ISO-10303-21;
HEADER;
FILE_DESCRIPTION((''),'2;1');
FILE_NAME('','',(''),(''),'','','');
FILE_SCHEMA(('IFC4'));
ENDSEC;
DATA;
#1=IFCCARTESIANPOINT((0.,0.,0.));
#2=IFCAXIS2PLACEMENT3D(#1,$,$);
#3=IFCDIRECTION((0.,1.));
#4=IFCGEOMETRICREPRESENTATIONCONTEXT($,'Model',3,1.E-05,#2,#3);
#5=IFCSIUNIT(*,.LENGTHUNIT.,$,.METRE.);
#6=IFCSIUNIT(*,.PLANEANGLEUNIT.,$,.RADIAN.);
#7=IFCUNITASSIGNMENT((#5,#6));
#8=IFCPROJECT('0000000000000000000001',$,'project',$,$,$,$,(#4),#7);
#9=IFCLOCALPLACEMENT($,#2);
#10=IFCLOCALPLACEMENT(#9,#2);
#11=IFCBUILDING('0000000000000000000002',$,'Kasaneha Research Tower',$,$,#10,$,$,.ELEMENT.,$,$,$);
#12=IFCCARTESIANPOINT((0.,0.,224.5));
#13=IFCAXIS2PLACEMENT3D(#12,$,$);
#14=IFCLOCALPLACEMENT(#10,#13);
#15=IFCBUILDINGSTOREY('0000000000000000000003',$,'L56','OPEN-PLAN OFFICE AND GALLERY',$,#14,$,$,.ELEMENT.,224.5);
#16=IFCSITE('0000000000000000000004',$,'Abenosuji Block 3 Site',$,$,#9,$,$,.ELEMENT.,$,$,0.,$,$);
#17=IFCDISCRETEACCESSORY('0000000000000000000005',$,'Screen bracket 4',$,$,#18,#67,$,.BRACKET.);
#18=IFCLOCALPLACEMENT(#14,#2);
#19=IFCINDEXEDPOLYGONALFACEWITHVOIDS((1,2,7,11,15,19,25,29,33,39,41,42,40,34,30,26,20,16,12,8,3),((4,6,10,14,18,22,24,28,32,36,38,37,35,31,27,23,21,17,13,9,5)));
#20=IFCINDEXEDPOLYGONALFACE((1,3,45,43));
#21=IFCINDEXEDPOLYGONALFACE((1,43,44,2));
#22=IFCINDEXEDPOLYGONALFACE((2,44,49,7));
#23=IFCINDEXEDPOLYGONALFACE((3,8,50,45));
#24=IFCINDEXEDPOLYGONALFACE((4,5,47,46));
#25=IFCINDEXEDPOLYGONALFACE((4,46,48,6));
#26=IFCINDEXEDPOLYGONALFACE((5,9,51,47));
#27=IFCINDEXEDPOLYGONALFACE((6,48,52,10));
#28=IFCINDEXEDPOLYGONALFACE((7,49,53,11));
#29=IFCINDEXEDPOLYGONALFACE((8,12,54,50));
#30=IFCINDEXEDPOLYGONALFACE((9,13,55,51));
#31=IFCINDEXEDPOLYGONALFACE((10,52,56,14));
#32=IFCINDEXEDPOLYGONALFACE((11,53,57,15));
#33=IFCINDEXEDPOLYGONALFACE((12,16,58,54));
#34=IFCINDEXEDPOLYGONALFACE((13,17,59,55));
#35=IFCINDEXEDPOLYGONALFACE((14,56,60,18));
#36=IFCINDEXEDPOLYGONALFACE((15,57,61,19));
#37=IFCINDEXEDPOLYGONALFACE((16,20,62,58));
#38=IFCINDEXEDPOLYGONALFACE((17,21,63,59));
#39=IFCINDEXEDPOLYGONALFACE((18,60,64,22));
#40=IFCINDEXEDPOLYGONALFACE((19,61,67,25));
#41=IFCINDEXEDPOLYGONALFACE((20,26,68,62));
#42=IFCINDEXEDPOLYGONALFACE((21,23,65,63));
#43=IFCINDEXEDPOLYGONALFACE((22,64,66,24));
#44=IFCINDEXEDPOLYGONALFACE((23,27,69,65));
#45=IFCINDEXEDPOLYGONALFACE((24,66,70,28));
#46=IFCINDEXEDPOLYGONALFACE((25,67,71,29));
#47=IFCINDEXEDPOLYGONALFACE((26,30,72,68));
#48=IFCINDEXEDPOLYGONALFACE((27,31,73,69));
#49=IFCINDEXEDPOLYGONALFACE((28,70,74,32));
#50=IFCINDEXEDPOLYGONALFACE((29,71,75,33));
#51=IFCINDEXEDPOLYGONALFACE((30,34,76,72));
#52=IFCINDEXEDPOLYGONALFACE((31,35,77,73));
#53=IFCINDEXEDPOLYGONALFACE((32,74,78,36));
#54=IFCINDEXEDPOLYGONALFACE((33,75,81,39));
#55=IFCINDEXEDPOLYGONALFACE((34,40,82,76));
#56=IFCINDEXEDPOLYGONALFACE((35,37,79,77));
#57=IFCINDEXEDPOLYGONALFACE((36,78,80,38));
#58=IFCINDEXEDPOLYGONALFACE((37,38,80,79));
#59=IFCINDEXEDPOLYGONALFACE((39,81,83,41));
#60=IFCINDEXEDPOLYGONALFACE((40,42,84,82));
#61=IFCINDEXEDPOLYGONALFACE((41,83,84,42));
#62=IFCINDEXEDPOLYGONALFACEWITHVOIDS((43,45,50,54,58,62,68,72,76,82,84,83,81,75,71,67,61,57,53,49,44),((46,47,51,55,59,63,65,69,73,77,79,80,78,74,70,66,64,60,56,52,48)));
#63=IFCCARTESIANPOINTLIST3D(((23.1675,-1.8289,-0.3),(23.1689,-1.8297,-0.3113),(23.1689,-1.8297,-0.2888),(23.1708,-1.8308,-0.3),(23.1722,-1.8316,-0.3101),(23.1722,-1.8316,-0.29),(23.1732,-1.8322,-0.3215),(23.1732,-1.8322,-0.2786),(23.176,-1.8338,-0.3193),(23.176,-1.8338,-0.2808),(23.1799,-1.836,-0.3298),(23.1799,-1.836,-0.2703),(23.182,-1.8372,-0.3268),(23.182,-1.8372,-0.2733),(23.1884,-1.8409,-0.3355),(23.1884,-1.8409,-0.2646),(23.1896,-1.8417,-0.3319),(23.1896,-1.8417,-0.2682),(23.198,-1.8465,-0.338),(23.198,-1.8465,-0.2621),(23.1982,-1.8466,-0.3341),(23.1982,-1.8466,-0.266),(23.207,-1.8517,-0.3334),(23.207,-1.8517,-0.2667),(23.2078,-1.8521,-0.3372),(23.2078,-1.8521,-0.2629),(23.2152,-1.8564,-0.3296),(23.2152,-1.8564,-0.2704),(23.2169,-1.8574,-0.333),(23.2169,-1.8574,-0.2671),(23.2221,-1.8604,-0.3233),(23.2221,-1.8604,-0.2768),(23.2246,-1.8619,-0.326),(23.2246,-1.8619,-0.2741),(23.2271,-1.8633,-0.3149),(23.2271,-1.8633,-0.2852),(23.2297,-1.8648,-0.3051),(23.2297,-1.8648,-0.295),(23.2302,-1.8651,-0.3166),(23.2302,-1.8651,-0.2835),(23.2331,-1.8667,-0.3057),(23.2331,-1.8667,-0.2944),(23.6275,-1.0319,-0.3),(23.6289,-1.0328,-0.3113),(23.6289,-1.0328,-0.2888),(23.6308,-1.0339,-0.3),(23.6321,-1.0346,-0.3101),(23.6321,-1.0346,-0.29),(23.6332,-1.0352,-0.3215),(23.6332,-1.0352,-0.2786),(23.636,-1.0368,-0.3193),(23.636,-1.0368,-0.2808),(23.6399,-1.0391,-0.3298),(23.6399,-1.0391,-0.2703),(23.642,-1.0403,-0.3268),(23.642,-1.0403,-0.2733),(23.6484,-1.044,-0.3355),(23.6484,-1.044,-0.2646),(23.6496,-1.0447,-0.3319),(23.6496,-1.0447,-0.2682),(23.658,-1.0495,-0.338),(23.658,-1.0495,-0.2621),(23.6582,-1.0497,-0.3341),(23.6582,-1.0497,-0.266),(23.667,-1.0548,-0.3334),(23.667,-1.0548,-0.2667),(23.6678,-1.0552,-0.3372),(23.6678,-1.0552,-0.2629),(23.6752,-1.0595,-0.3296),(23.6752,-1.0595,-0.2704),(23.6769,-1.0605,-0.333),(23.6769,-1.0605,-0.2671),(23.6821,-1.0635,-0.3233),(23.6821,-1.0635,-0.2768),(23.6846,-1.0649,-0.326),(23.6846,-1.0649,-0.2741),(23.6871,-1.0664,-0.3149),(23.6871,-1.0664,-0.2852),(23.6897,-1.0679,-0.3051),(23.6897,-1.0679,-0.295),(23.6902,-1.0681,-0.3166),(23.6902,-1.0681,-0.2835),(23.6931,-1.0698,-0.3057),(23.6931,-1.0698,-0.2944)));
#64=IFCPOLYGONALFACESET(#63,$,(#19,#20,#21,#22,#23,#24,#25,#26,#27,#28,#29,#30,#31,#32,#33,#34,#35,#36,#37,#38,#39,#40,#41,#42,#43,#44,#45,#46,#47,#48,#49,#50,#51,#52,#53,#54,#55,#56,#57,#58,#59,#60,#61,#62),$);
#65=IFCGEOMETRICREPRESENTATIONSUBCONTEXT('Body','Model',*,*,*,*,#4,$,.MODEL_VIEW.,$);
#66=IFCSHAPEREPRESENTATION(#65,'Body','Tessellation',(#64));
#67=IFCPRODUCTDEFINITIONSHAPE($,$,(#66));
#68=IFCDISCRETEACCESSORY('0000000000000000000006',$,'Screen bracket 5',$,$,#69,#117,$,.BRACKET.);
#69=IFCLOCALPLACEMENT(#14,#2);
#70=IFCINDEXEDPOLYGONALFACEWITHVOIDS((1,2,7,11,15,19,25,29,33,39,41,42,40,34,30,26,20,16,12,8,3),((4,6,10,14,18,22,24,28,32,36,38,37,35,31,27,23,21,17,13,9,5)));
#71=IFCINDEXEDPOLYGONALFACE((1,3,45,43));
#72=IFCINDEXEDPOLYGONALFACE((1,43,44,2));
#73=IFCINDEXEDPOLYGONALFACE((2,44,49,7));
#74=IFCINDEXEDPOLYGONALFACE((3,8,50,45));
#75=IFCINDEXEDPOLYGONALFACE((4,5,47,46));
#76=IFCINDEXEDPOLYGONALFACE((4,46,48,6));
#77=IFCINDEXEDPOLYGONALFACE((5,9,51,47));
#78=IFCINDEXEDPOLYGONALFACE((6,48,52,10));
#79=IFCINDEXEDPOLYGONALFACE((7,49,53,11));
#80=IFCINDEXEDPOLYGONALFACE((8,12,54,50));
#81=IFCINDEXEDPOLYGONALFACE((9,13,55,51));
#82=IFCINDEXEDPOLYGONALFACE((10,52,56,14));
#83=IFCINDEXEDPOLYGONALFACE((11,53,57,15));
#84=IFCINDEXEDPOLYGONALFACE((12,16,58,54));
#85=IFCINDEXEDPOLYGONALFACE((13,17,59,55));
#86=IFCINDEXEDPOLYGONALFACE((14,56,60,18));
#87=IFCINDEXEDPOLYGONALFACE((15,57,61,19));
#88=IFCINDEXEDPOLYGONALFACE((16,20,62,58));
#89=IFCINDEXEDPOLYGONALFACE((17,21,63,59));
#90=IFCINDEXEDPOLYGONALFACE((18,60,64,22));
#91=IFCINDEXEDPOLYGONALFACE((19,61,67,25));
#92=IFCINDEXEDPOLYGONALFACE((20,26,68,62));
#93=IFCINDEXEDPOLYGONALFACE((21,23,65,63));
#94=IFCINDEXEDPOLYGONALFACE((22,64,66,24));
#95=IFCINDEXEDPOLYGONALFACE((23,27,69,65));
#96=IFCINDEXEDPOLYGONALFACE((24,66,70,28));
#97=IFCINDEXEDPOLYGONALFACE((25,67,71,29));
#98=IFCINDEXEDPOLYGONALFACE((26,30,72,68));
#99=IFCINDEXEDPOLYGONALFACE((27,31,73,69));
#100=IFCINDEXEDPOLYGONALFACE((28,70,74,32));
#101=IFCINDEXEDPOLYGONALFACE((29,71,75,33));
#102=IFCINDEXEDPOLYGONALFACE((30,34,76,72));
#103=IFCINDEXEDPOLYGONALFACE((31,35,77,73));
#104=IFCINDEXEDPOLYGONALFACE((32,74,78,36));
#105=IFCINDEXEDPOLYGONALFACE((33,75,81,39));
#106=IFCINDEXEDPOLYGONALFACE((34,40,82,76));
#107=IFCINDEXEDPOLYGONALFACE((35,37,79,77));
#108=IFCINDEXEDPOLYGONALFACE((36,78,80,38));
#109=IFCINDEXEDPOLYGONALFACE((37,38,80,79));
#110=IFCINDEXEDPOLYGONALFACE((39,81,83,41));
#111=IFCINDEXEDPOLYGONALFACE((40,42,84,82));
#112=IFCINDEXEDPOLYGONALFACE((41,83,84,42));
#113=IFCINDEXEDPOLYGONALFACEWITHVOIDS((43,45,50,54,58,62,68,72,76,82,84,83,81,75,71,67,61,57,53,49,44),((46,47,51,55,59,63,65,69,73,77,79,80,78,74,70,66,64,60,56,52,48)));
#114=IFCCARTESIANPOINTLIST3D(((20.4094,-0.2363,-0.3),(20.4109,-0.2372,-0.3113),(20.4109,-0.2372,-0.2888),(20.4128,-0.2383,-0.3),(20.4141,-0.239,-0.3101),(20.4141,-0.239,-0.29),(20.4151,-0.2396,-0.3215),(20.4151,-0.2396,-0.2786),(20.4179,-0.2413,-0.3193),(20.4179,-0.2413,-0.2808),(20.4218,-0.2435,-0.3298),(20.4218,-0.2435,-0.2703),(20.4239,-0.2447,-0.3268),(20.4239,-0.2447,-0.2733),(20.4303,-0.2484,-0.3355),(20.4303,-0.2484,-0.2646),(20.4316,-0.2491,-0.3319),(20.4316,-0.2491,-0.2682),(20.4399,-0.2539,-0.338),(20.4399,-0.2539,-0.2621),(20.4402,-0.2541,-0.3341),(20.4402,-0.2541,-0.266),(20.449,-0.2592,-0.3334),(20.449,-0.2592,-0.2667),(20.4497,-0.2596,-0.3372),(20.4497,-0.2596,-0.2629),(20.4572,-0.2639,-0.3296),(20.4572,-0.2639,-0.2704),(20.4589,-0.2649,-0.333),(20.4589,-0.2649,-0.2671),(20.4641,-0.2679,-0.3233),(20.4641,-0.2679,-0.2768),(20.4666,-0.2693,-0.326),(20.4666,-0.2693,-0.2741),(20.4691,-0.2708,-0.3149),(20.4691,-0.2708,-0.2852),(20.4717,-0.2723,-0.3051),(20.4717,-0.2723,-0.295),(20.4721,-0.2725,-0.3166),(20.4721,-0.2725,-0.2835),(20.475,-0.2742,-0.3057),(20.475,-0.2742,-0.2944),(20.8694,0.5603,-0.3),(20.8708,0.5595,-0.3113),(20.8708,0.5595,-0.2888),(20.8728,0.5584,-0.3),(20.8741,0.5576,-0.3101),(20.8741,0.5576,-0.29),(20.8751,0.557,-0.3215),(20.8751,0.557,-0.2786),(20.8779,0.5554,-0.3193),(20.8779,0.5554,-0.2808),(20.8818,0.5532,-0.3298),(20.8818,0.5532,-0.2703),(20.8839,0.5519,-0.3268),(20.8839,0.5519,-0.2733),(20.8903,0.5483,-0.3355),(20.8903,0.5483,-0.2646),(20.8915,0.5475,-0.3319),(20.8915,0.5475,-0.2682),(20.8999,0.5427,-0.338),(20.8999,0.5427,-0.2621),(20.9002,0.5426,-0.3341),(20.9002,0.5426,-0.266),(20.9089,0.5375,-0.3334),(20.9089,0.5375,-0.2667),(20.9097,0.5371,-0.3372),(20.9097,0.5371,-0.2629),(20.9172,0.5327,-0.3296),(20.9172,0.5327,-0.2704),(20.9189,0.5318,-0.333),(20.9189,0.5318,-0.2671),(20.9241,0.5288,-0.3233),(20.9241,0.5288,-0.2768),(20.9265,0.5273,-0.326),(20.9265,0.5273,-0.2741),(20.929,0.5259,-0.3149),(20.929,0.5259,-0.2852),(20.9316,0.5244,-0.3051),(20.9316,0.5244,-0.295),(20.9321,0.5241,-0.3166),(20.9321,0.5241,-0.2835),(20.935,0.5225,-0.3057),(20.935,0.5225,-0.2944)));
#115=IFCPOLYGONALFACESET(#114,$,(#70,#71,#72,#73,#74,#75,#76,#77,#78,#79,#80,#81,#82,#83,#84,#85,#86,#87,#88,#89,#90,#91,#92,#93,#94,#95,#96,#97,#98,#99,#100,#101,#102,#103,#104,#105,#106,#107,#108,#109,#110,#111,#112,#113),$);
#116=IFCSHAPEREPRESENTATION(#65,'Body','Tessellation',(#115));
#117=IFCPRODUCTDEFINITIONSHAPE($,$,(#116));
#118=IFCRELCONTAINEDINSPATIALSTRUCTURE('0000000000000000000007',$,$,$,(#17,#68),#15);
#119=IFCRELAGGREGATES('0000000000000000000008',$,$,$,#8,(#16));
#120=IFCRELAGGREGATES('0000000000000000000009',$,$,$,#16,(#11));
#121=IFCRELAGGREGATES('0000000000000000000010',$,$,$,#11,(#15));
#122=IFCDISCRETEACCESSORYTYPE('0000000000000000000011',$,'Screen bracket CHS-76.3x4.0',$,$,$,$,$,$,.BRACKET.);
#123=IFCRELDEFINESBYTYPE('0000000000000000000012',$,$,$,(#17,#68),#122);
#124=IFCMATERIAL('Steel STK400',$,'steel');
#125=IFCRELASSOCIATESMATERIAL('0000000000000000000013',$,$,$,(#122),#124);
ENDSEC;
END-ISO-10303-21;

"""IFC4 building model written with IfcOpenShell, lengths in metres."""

from ifc_helpers import new_model, si_unit, direction, frame, origin, origin_2d, place, context, subcontext, project, spatial, hollow_circle, extrude, material, material_profile, profile_set, type_object, element, save


model = new_model("IFC4")

# Units and contexts
model_context = context("Model", 3, precision=1e-05, world=origin(), true_north=direction((0.0, 1.0)))
body_context = subcontext(model_context, "Body", "Model", "MODEL_VIEW")
ifc_project = project(units=[si_unit("LENGTHUNIT", "METRE"), si_unit("PLANEANGLEUNIT", "RADIAN")], contexts=[model_context])

# Site, building, storey
site_placement = place(None, origin())
site = spatial("IfcSite", under=ifc_project, at=site_placement, Name="Abenosuji Block 3 Site", CompositionType="ELEMENT", RefElevation=0.0)
building_placement = place(site_placement, origin())
building = spatial("IfcBuilding", under=site, at=building_placement, Name="Kasaneha Research Tower", CompositionType="ELEMENT")
storey_placement = place(building_placement, frame((0.0, 0.0, 224.5)))
storey = spatial("IfcBuildingStorey", under=building, at=storey_placement, Name="L56", Description="OPEN-PLAN OFFICE AND GALLERY", CompositionType="ELEMENT", Elevation=224.5)

# Discrete accessories
ifc_material_1 = material(Name="Steel STK400", Category="steel")
ifc_material_profile_1 = material_profile(ifc_material_1, hollow_circle(Radius=0.0381, WallThickness=0.0039, at=origin_2d()), Name="CHS-76.3x4.0")
ifc_profile_set_1 = profile_set([ifc_material_profile_1], Name="Steel STK400")
discrete_accessory_type = type_object("IfcDiscreteAccessoryType", Name="Screen bracket CHS-76.3x4.0", PredefinedType="BRACKET", material=ifc_profile_set_1)
discrete_accessory_1_placement = place(storey_placement, frame((23.2004, -1.8479, -0.3), z_axis=(0.499906, 0.86608, 0.0), x_axis=(-0.86608, 0.499906, 0.0)))
element("IfcDiscreteAccessory", 1, at=discrete_accessory_1_placement, inside=storey, type_object=discrete_accessory_type, Name="Screen bracket 4", PredefinedType="BRACKET", context=body_context, shape_type="SweptSolid", body=[
    extrude(hollow_circle(Radius=0.0381, WallThickness=0.0039, at=origin_2d()), origin(), (0.0, 0.0, 1.0), 0.9202),
])
discrete_accessory_2_placement = place(storey_placement, frame((20.4424, -0.2554, -0.3), z_axis=(0.500021, 0.866013, 0.0), x_axis=(-0.866013, 0.500021, 0.0)))
element("IfcDiscreteAccessory", 2, at=discrete_accessory_2_placement, inside=storey, type_object=discrete_accessory_type, Name="Screen bracket 5", PredefinedType="BRACKET", context=body_context, shape_type="SweptSolid", body=[
    extrude(hollow_circle(Radius=0.0381, WallThickness=0.0039, at=origin_2d()), origin(), (0.0, 0.0, 1.0), 0.9199),
])

save(model, "model.ifc")
